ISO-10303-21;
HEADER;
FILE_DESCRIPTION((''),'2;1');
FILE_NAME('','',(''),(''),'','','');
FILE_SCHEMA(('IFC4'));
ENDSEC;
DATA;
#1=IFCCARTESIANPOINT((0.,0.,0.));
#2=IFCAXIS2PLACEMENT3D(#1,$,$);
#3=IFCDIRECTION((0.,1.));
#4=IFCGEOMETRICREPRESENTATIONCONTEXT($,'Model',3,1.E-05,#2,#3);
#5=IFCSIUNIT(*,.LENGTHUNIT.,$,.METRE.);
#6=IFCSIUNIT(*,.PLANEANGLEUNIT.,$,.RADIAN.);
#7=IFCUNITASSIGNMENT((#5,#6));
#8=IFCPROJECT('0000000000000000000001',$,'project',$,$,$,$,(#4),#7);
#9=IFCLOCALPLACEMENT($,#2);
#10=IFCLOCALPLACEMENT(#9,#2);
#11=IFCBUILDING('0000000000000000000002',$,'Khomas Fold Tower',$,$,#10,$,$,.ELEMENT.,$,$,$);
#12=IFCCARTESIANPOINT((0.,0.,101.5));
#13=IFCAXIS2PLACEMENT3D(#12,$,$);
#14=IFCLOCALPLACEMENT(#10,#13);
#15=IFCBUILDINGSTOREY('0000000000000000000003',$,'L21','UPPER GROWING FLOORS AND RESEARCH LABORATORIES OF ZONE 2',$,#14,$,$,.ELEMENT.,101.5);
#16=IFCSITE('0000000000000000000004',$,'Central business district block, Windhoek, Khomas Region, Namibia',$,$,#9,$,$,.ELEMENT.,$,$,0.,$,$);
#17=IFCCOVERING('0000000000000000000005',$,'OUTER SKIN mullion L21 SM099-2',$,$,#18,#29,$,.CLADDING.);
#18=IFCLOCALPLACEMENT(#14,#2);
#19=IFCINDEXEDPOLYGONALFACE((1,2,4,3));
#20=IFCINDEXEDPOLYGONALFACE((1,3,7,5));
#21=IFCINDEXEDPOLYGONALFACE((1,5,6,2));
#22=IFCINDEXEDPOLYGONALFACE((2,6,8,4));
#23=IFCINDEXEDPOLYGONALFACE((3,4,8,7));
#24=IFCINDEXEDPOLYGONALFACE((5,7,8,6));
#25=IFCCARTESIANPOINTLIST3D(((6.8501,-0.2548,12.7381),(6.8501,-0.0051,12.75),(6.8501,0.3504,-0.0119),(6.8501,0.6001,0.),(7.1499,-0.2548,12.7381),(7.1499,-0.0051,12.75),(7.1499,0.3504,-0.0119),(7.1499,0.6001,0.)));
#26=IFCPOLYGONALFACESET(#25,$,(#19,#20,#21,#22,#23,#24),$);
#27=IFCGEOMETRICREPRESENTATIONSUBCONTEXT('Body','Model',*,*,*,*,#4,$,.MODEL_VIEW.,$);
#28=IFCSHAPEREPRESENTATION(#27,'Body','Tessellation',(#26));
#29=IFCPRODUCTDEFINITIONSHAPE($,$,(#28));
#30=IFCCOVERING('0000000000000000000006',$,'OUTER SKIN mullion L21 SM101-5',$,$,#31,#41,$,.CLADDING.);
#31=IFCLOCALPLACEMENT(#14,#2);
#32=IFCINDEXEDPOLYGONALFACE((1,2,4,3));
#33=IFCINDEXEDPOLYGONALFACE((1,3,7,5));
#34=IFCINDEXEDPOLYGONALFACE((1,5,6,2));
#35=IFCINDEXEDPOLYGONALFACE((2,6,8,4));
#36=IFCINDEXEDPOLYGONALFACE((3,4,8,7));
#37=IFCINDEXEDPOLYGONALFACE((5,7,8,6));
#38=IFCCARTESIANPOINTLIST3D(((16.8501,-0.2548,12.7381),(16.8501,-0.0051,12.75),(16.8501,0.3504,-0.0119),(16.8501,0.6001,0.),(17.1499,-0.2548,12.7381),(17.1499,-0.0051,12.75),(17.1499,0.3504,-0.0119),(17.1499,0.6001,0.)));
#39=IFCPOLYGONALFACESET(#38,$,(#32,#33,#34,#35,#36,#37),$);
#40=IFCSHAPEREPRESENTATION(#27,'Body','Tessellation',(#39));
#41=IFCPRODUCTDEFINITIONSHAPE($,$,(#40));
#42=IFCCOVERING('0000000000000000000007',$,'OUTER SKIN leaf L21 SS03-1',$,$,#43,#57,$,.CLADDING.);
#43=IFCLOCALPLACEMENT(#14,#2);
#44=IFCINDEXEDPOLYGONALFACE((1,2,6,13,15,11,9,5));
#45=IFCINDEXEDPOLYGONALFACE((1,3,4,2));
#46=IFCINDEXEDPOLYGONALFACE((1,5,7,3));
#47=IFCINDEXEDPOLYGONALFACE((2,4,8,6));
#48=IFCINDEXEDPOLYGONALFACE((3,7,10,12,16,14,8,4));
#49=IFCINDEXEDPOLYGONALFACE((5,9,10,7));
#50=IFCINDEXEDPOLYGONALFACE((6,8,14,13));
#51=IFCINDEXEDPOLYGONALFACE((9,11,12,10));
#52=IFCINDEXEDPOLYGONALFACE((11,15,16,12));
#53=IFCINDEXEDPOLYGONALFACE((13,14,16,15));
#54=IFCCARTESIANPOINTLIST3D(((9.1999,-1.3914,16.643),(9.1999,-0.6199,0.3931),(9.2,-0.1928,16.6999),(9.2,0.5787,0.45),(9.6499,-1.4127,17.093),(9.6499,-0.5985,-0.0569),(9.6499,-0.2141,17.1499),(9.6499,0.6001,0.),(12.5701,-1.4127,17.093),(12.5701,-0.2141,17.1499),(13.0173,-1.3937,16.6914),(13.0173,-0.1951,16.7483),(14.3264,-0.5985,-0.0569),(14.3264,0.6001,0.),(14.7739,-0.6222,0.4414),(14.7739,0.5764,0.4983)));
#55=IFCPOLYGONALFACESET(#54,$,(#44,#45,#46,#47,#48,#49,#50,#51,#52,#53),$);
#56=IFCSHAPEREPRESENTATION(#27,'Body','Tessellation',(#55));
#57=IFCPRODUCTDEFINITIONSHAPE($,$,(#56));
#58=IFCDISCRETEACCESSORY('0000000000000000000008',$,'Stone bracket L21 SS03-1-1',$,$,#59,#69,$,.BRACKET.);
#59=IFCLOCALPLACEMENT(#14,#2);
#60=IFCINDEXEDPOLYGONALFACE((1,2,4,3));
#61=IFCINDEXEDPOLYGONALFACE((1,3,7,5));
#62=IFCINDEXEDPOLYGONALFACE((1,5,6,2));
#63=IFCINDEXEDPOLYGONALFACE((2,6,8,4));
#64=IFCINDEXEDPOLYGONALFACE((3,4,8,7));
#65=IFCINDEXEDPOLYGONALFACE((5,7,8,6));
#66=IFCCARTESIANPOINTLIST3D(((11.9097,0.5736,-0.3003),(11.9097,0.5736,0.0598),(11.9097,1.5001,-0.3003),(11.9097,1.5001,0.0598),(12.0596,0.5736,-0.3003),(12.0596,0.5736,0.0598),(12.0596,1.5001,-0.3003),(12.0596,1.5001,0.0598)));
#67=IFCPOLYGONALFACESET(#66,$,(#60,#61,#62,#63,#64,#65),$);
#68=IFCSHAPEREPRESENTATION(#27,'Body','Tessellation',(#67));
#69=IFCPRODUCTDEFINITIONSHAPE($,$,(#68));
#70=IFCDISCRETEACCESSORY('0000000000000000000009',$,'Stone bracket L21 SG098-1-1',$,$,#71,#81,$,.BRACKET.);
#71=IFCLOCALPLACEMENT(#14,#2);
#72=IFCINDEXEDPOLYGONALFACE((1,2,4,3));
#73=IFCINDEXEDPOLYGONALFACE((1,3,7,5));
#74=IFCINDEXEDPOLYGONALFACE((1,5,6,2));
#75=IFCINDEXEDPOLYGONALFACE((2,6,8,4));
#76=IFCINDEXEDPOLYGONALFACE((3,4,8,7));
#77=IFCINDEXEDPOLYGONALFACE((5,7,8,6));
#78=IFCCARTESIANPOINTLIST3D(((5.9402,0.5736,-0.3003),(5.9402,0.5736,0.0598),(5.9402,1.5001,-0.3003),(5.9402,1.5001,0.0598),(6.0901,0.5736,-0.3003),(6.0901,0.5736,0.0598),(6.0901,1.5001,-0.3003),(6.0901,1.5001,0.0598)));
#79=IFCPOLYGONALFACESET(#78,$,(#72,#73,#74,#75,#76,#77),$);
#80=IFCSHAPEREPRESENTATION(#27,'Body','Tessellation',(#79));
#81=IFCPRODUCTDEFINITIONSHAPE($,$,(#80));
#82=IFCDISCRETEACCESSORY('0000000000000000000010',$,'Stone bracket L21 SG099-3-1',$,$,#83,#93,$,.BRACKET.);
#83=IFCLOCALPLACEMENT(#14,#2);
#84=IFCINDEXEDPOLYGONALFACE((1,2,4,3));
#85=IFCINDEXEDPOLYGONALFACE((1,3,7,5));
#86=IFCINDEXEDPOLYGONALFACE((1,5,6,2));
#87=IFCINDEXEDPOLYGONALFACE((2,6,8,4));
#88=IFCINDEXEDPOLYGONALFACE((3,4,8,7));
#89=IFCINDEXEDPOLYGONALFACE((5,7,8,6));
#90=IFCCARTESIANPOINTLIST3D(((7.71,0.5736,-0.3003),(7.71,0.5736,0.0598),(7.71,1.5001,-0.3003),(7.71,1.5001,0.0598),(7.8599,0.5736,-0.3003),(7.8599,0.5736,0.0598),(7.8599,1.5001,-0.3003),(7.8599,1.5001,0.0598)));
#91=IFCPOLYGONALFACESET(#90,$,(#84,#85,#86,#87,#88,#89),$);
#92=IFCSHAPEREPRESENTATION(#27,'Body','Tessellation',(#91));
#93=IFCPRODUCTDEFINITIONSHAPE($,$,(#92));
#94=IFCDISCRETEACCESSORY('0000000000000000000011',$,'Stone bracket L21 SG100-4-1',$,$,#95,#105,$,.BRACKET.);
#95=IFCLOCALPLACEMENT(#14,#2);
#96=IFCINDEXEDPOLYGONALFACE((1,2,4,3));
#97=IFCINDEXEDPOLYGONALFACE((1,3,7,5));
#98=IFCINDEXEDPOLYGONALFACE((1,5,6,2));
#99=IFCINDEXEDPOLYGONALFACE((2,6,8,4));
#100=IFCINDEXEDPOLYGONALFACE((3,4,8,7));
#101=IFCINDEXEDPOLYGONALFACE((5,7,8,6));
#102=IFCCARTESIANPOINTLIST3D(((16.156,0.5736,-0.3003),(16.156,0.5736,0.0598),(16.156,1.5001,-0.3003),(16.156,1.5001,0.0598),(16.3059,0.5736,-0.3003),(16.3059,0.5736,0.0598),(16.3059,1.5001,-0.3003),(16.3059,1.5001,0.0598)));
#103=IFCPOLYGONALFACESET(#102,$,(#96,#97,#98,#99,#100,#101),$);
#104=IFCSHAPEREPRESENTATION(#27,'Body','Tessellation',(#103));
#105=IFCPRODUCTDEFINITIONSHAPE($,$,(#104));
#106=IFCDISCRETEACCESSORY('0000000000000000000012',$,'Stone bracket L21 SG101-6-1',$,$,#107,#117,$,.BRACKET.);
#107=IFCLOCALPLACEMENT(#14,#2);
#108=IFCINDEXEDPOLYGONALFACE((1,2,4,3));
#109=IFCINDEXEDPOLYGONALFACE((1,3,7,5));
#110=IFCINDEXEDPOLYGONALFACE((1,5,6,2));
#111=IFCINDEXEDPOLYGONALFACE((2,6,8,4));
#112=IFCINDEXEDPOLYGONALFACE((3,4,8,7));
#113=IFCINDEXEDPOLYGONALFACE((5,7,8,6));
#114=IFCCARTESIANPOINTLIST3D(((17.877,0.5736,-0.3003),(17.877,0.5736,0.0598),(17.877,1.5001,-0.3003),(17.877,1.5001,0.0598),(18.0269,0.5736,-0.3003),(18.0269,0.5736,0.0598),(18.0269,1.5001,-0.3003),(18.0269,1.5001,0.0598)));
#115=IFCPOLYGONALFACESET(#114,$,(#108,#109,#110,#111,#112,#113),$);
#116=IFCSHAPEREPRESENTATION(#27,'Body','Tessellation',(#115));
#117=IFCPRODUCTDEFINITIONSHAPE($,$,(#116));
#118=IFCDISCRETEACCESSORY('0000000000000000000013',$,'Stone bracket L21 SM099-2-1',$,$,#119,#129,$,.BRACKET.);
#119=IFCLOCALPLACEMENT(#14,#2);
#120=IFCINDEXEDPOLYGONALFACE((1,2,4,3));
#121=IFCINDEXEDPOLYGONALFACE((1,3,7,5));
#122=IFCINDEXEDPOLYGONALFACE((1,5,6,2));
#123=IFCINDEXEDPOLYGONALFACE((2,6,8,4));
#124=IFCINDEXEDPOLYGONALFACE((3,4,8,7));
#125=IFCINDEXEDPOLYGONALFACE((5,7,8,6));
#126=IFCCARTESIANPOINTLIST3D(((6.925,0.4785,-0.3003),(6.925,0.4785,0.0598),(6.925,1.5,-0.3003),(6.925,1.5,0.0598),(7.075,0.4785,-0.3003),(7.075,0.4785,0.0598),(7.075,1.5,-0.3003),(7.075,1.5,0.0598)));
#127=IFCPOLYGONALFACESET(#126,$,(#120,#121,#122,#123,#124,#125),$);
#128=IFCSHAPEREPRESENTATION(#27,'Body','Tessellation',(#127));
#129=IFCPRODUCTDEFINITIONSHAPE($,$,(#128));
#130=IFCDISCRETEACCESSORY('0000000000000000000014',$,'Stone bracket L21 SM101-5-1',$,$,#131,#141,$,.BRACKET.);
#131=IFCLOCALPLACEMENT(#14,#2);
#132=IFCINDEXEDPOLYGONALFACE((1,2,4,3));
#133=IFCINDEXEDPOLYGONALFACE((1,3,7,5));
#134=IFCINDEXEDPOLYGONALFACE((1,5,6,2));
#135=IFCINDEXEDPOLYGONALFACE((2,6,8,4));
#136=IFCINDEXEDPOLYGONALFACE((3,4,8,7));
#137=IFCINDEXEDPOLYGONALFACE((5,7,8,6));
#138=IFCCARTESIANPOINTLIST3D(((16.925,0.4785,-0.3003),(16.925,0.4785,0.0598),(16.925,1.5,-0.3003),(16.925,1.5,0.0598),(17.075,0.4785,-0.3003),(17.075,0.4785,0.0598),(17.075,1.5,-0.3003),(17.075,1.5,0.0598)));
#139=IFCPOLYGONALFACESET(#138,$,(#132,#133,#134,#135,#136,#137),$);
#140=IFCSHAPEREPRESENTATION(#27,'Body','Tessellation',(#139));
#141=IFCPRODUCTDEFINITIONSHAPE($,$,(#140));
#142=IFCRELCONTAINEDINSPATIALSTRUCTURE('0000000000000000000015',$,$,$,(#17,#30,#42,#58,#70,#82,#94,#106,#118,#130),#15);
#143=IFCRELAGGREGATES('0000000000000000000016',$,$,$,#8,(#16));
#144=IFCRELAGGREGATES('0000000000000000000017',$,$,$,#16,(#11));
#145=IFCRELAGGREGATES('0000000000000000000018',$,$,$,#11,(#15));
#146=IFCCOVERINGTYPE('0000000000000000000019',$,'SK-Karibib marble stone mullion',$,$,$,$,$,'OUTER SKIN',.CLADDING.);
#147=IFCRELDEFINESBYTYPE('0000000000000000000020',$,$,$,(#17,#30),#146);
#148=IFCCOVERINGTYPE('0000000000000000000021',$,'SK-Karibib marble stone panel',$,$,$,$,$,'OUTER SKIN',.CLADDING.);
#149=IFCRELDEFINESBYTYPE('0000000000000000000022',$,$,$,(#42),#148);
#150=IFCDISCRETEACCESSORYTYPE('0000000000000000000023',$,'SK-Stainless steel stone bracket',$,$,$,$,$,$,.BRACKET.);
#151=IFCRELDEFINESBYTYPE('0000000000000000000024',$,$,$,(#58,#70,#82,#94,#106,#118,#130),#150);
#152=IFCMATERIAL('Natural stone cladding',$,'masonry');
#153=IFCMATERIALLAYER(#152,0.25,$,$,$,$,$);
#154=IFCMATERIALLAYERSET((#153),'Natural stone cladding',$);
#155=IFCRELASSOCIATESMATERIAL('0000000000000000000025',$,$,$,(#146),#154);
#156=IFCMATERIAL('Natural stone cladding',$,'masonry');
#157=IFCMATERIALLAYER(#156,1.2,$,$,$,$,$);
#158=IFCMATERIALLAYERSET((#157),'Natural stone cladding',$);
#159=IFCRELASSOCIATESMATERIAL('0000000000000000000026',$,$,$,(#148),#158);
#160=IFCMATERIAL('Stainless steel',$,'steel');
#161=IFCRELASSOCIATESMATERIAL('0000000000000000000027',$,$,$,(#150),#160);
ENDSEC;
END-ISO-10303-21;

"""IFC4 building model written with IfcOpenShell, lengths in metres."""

from ifc_helpers import new_model, si_unit, direction, frame, origin, origin_2d, place, context, subcontext, project, spatial, polyline, rectangle, outline, extrude, source, transform, mapped, material, layer, layer_set, type_object, element, save


model = new_model("IFC4")

# Units and contexts
model_context = context("Model", 3, precision=1e-05, world=origin(), true_north=direction((0.0, 1.0)))
body_context = subcontext(model_context, "Body", "Model", "MODEL_VIEW")
ifc_project = project(units=[si_unit("LENGTHUNIT", "METRE"), si_unit("PLANEANGLEUNIT", "RADIAN")], contexts=[model_context])

# Site, building, storey
site_placement = place(None, origin())
site = spatial("IfcSite", under=ifc_project, at=site_placement, Name="Central business district block, Windhoek, Khomas Region, Namibia", CompositionType="ELEMENT", RefElevation=0.0)
building_placement = place(site_placement, origin())
building = spatial("IfcBuilding", under=site, at=building_placement, Name="Khomas Fold Tower", CompositionType="ELEMENT")
storey_placement = place(building_placement, frame((0.0, 0.0, 101.5)))
storey = spatial("IfcBuildingStorey", under=building, at=storey_placement, Name="L21", Description="UPPER GROWING FLOORS AND RESEARCH LABORATORIES OF ZONE 2", CompositionType="ELEMENT", Elevation=101.5)

# Coverings
ifc_material_1 = material(Name="Natural stone cladding", Category="masonry")
ifc_layer_1 = layer(ifc_material_1, 0.25)
ifc_layer_set_1 = layer_set([ifc_layer_1], Name="Natural stone cladding")
covering_type_1 = type_object("IfcCoveringType", Name="SK-Karibib marble stone mullion", ElementType="OUTER SKIN", PredefinedType="CLADDING", material=ifc_layer_set_1)
for number, where, z_axis, x_axis, name in (
    (1, (6.8501, 0.6001, 0.0), (0.0, 0.998875, 0.047415), (0.0, -0.047415, 0.998875), "OUTER SKIN mullion L21 SM099-2"),
    (2, (16.8501, 0.6001, 0.0), (0.0, 0.998875, 0.047415), (0.0, -0.047415, 0.998875), "OUTER SKIN mullion L21 SM101-5"),
):
    element("IfcCovering", number, at=place(storey_placement, frame(where, z_axis=z_axis, x_axis=x_axis)), inside=storey, type_object=covering_type_1, Name=name, PredefinedType="CLADDING", context=body_context, shape_type="SweptSolid", body=[
        extrude(outline(polyline([(0.0, 0.0), (12.7644, 0.0), (12.7644, 0.2998), (0.0, 0.2998), (0.0, 0.0)])), origin(), (0.0, 0.0, -1.0), 0.25),
    ])
ifc_material_2 = material(Name="Natural stone cladding", Category="masonry")
ifc_layer_2 = layer(ifc_material_2, 1.2)
ifc_layer_set_2 = layer_set([ifc_layer_2], Name="Natural stone cladding")
covering_type_2 = type_object("IfcCoveringType", Name="SK-Karibib marble stone panel", ElementType="OUTER SKIN", PredefinedType="CLADDING", material=ifc_layer_set_2)
covering_placement = place(storey_placement, frame((13.0173, -0.1951, 16.7483), z_axis=(0.000005, 0.998875, 0.047422), x_axis=(0.107352, 0.047148, -0.993102)))
element("IfcCovering", 3, at=covering_placement, inside=storey, type_object=covering_type_2, Name="OUTER SKIN leaf L21 SS03-1", PredefinedType="CLADDING", context=body_context, shape_type="SweptSolid", body=[
    extrude(outline(polyline([(0.0, 0.0), (16.3629, 0.0), (16.8108, 0.4985), (16.3088, 5.148), (15.8126, 5.547), (-0.3617, 3.8005), (-0.7612, 3.3048), (-0.4478, 0.4015), (0.0, 0.0)])), origin(), (0.0, 0.0, -1.0), 1.2),
])

# Discrete accessories
ifc_material_3 = material(Name="Stainless steel", Category="steel")
discrete_accessory_type = type_object("IfcDiscreteAccessoryType", Name="SK-Stainless steel stone bracket", PredefinedType="BRACKET", material=ifc_material_3)
shared_shape_1 = source(origin(), body_context, "Body", "SweptSolid", [
    extrude(rectangle(XDim=0.9265, YDim=0.1499, at=origin_2d()), origin(), (0.0, 0.0, 1.0), 0.3601),
])
for number, where, z_axis, x_axis, name in (
    (4, (11.9846, 1.0369, -0.3003), (0.0, 0.0, 1.0), (0.0, -1.0, 0.0), "Stone bracket L21 SS03-1-1"),
    (5, (6.0151, 1.0369, -0.3003), (0.0, 0.0, 1.0), (0.0, -1.0, 0.0), "Stone bracket L21 SG098-1-1"),
    (6, (7.7849, 1.0369, -0.3003), (0.0, 0.0, 1.0), (0.0, -1.0, 0.0), "Stone bracket L21 SG099-3-1"),
    (7, (16.231, 1.0369, -0.3003), (0.0, 0.0, 1.0), (0.0, -1.0, 0.0), "Stone bracket L21 SG100-4-1"),
    (8, (17.9519, 1.0369, -0.3003), (0.0, 0.0, 1.0), (0.0, -1.0, 0.0), "Stone bracket L21 SG101-6-1"),
):
    element("IfcDiscreteAccessory", number, at=place(storey_placement, frame(where, z_axis=z_axis, x_axis=x_axis)), inside=storey, type_object=discrete_accessory_type, Name=name, PredefinedType="BRACKET", context=body_context, shape_type="MappedRepresentation", body=[
        mapped(shared_shape_1, transform((0.0, 0.0, 0.0))),
    ])
shared_shape_2 = source(origin(), body_context, "Body", "SweptSolid", [
    extrude(rectangle(XDim=1.0215, YDim=0.1499, at=origin_2d()), origin(), (0.0, 0.0, 1.0), 0.3601),
])
for number, where, z_axis, x_axis, name in (
    (9, (7.0, 0.9893, -0.3003), (0.0, 0.0, 1.0), (0.0, -1.0, 0.0), "Stone bracket L21 SM099-2-1"),
    (10, (17.0, 0.9893, -0.3003), (0.0, 0.0, 1.0), (0.0, -1.0, 0.0), "Stone bracket L21 SM101-5-1"),
):
    element("IfcDiscreteAccessory", number, at=place(storey_placement, frame(where, z_axis=z_axis, x_axis=x_axis)), inside=storey, type_object=discrete_accessory_type, Name=name, PredefinedType="BRACKET", context=body_context, shape_type="MappedRepresentation", body=[
        mapped(shared_shape_2, transform((0.0, 0.0, 0.0))),
    ])

save(model, "model.ifc")
